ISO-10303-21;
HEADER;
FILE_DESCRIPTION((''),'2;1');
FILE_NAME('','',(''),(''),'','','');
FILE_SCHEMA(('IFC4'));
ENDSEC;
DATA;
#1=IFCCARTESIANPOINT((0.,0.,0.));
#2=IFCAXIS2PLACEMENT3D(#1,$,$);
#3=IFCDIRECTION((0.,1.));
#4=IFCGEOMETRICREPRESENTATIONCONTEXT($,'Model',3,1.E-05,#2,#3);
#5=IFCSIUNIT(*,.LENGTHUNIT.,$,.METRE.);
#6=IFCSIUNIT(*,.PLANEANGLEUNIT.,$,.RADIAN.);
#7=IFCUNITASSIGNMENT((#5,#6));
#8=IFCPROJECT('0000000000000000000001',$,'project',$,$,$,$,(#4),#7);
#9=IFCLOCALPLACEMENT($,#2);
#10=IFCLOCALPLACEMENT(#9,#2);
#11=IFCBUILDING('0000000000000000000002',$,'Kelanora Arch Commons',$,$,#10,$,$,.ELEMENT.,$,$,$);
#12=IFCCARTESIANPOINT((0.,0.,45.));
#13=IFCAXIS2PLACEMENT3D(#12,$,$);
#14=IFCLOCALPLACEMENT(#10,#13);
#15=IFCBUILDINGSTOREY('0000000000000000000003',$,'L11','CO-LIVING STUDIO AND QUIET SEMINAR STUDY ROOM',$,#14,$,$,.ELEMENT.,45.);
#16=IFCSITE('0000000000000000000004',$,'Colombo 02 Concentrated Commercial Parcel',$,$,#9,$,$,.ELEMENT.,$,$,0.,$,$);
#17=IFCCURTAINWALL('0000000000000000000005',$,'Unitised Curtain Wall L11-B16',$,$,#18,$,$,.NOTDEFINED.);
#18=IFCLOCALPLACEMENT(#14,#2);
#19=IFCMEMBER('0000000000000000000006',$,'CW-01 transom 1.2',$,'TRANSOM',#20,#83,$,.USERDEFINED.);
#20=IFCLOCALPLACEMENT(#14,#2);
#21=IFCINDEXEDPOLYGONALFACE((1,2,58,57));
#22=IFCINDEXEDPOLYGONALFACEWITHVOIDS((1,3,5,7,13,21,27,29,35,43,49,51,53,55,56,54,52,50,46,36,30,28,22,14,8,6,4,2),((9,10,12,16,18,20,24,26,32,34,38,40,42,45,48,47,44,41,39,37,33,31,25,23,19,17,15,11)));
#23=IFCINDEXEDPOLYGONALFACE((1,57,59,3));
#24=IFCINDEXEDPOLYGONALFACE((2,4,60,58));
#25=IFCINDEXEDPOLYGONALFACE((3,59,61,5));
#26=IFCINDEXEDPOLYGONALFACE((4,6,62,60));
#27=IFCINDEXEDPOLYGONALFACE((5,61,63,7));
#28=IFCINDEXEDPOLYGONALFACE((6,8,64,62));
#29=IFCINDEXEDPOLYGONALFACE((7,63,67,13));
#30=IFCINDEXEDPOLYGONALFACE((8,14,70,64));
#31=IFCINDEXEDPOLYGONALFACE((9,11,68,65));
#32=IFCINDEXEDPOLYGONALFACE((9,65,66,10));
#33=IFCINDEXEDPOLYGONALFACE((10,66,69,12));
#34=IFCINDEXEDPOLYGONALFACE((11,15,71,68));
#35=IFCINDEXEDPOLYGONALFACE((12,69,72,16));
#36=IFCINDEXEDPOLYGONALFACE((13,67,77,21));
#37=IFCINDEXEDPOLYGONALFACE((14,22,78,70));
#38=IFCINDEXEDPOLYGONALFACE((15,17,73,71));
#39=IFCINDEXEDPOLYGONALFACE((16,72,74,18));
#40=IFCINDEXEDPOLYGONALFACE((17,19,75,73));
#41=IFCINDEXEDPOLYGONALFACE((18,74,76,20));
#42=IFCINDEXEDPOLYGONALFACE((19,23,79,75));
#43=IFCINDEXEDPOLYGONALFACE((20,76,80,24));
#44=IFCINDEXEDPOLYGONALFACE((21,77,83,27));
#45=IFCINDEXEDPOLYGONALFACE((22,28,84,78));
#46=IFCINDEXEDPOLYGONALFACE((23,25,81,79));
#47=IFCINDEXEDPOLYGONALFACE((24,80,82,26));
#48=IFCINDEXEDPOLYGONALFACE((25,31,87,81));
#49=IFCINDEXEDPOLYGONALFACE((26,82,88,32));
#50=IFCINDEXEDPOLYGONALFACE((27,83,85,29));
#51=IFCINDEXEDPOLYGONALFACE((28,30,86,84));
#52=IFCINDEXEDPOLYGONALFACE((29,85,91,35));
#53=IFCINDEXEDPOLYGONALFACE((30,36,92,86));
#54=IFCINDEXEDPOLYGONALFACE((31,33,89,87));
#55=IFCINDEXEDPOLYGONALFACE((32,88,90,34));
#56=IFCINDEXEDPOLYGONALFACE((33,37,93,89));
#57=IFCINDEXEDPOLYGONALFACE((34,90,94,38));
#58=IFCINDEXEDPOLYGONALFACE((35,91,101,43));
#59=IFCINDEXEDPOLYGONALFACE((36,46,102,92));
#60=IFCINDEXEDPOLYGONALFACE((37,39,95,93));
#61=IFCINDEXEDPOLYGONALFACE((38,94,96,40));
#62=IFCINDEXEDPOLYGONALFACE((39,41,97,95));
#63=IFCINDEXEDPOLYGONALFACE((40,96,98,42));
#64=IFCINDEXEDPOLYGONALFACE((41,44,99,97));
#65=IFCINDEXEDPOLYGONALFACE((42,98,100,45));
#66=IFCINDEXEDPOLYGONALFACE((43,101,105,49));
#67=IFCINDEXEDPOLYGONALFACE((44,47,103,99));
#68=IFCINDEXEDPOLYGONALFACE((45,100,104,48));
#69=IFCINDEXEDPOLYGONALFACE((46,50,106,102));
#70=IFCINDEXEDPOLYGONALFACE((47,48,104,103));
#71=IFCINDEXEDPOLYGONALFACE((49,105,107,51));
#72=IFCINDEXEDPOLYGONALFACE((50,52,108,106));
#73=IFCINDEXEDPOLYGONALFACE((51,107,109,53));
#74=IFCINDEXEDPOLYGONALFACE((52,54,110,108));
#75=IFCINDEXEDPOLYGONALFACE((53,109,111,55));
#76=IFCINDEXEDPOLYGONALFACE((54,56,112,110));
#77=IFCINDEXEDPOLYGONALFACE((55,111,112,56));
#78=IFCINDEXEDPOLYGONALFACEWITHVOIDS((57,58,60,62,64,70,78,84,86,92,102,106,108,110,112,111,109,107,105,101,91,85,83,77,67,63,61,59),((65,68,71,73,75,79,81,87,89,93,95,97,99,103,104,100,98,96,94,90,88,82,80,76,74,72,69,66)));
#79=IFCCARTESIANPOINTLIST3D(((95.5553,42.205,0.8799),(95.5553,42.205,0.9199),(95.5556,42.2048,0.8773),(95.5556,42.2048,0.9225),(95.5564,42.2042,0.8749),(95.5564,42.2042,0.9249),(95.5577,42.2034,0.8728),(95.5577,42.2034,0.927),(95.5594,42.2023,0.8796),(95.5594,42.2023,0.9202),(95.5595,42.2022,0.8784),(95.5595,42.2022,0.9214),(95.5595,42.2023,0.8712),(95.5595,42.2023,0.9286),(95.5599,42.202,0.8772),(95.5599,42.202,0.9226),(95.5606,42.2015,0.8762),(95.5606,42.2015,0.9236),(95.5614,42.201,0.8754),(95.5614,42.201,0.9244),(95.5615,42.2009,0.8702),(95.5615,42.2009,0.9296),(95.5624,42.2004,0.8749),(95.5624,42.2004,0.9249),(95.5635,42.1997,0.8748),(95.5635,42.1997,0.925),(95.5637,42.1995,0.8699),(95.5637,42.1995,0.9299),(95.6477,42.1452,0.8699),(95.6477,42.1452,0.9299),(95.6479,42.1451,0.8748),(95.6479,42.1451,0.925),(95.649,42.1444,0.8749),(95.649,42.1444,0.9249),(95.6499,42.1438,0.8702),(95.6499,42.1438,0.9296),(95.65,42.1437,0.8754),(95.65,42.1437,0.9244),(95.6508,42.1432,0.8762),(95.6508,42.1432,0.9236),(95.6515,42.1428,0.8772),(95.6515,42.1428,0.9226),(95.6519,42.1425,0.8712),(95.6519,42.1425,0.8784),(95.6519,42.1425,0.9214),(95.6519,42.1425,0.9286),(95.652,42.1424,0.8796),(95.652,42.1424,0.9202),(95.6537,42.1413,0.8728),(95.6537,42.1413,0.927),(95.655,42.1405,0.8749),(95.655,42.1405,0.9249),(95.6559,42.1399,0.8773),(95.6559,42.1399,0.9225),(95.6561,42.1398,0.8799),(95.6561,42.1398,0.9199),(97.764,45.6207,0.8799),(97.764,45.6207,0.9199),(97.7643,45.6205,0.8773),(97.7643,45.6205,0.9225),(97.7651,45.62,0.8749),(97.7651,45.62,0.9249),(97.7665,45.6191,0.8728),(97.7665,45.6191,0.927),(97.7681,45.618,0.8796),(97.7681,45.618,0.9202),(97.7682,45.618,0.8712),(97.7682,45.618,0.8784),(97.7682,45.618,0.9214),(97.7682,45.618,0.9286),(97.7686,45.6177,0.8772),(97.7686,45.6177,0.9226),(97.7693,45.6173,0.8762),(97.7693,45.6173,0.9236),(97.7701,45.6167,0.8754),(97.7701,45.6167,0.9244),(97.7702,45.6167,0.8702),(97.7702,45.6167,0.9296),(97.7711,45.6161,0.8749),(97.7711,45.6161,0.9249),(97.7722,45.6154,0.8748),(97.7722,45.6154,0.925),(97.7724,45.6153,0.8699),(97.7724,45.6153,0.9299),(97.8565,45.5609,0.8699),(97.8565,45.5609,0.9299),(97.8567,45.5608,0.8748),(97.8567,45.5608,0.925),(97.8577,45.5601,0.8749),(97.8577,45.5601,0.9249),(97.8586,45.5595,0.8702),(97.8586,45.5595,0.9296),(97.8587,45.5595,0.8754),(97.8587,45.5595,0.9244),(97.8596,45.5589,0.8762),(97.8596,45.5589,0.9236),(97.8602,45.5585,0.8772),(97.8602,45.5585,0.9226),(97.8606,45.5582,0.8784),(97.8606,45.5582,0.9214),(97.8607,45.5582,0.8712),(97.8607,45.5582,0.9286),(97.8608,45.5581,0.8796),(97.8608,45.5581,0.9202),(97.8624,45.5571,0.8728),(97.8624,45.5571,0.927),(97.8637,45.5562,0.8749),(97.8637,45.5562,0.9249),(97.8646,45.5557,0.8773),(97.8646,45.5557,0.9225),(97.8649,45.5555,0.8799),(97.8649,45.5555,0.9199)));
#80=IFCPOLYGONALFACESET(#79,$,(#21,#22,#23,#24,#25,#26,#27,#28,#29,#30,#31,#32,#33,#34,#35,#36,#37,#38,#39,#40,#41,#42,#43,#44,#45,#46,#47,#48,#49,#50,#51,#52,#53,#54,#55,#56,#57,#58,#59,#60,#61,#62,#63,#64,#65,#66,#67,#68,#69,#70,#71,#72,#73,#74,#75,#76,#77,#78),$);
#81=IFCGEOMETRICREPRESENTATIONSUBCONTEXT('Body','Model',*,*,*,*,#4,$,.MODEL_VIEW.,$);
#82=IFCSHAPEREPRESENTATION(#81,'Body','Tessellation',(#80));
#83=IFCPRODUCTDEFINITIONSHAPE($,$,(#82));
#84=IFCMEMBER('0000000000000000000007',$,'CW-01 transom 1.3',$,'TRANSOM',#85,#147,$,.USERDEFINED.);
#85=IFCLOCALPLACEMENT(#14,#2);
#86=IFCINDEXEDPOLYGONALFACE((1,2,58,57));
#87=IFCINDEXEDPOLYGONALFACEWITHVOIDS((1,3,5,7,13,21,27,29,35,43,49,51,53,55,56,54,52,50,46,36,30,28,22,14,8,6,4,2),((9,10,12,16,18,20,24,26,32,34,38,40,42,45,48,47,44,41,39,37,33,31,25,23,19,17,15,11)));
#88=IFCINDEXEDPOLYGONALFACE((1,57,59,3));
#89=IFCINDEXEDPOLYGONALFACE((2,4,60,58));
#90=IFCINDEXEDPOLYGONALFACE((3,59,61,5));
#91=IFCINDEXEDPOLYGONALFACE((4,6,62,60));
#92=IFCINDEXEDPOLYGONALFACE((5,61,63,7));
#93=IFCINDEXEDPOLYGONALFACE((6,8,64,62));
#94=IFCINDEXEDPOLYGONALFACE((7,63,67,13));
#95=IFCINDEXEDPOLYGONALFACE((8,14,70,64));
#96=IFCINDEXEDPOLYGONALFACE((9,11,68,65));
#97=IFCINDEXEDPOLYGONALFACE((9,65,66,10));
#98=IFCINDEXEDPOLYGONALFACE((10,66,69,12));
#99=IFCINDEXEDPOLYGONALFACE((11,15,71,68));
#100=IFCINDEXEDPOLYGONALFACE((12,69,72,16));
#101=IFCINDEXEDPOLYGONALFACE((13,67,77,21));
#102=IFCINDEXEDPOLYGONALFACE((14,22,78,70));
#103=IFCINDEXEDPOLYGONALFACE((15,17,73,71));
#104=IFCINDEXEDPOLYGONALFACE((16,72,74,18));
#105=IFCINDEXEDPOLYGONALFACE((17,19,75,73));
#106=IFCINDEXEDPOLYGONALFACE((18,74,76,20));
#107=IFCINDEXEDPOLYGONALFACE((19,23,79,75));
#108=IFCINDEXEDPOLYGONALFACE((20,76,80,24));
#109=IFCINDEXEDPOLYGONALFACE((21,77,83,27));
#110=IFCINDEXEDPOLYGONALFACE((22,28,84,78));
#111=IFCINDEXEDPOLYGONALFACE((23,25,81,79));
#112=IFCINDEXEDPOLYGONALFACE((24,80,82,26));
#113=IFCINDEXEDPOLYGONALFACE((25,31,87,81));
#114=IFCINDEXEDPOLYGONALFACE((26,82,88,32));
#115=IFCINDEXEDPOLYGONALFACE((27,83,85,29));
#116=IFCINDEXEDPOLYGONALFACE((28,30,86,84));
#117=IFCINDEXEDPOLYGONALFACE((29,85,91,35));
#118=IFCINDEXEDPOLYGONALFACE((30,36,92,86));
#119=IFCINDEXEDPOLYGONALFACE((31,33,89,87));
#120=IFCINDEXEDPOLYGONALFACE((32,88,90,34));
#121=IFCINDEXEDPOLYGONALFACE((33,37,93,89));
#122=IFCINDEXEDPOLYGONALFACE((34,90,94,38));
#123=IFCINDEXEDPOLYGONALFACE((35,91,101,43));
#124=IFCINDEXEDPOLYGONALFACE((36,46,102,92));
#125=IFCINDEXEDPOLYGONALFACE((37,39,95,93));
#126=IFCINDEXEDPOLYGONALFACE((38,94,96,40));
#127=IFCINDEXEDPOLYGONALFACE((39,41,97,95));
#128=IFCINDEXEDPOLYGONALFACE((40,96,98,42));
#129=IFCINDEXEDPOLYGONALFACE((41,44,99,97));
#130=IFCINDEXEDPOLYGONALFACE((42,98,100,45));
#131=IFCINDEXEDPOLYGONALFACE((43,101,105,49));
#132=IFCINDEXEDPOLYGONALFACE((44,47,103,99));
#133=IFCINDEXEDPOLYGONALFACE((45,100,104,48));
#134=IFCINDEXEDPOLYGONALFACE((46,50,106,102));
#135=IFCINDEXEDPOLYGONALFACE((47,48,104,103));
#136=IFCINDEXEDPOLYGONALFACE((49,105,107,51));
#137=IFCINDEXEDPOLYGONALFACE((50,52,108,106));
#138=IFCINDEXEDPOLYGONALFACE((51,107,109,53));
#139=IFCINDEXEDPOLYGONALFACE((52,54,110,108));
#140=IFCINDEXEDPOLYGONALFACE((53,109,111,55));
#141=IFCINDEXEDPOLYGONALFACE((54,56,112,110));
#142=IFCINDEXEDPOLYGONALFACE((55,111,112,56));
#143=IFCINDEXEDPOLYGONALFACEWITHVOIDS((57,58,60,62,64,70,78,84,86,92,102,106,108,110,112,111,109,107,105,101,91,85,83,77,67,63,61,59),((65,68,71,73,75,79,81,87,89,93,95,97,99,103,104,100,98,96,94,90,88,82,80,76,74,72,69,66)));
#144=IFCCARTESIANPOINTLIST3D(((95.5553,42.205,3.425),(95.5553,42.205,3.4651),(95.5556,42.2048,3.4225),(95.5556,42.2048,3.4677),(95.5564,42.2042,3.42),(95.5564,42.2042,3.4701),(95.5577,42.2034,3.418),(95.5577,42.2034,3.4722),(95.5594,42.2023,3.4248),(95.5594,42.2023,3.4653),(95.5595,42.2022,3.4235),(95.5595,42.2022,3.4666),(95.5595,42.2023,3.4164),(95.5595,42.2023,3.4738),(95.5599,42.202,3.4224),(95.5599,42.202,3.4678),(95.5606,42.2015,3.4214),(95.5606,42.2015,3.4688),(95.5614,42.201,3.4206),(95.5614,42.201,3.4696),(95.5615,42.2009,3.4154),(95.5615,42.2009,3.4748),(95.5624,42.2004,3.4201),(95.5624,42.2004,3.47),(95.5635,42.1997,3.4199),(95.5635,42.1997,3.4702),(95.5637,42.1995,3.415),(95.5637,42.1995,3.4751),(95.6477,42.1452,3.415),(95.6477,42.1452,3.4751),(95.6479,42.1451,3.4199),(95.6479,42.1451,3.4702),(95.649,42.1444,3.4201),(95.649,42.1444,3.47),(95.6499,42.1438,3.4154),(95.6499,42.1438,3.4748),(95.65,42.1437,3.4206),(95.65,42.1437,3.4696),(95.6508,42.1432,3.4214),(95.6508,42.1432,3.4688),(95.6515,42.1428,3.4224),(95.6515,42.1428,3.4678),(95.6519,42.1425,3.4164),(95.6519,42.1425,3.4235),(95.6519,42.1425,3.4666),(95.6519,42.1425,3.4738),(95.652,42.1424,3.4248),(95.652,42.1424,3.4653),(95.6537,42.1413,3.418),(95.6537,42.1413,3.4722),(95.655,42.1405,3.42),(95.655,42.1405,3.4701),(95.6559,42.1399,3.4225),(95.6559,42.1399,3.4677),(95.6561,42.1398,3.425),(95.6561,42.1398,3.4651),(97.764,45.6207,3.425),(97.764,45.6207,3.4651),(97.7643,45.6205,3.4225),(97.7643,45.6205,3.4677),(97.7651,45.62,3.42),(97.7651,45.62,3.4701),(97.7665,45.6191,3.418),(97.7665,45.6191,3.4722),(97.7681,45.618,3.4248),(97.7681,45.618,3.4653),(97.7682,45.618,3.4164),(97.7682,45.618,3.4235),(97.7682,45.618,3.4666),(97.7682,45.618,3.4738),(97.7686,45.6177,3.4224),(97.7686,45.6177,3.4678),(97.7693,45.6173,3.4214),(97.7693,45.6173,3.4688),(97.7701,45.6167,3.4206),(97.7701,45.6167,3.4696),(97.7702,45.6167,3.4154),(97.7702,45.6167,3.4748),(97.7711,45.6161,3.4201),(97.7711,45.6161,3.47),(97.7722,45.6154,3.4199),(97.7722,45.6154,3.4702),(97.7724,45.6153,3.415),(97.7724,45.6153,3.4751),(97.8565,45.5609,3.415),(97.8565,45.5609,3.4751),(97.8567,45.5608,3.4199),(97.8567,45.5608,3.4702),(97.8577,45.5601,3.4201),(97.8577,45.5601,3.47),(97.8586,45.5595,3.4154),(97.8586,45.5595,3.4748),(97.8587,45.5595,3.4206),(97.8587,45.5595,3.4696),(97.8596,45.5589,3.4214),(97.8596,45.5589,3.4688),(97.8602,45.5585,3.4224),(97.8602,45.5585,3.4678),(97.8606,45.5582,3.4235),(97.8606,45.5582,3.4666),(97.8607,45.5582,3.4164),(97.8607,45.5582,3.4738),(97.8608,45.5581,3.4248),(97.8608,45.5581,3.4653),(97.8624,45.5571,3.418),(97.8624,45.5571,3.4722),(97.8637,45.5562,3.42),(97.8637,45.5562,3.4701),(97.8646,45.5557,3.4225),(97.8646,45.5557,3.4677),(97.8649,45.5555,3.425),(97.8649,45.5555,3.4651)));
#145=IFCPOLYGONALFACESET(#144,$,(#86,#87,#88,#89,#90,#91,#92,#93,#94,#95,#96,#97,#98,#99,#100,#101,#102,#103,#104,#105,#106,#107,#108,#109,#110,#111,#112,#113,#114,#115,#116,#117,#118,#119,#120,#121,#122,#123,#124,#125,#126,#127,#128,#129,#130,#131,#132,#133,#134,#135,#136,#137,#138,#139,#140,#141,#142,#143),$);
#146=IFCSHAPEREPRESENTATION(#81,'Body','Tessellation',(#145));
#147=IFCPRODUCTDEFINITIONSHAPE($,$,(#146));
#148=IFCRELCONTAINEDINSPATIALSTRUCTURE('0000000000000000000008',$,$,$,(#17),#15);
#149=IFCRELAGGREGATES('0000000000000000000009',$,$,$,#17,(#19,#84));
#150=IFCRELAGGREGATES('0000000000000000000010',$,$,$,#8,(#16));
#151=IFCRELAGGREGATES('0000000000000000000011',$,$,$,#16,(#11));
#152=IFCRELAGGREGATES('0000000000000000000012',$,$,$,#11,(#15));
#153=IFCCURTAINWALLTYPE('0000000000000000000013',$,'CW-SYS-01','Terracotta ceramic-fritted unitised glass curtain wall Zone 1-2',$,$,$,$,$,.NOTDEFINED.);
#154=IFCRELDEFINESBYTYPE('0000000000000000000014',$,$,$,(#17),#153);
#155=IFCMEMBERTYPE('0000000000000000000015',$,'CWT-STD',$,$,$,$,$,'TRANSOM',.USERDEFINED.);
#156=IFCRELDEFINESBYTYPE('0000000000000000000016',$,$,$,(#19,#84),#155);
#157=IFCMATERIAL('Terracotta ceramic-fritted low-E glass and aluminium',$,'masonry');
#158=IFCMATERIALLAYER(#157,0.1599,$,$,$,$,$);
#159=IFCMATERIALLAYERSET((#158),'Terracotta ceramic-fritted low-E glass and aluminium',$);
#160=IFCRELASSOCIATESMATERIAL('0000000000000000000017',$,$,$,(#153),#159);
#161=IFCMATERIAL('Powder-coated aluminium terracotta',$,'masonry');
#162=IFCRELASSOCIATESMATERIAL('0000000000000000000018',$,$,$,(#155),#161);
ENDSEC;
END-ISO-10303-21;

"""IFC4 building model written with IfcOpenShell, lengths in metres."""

from ifc_helpers import new_model, si_unit, direction, frame, origin, origin_2d, place, context, subcontext, project, spatial, hollow_rectangle, extrude, material, layer, layer_set, material_profile, profile_set, type_object, element, aggregate, save


model = new_model("IFC4")

# Units and contexts
model_context = context("Model", 3, precision=1e-05, world=origin(), true_north=direction((0.0, 1.0)))
body_context = subcontext(model_context, "Body", "Model", "MODEL_VIEW")
ifc_project = project(units=[si_unit("LENGTHUNIT", "METRE"), si_unit("PLANEANGLEUNIT", "RADIAN")], contexts=[model_context])

# Site, building, storey
site_placement = place(None, origin())
site = spatial("IfcSite", under=ifc_project, at=site_placement, Name="Colombo 02 Concentrated Commercial Parcel", CompositionType="ELEMENT", RefElevation=0.0)
building_placement = place(site_placement, origin())
building = spatial("IfcBuilding", under=site, at=building_placement, Name="Kelanora Arch Commons", CompositionType="ELEMENT")
storey_placement = place(building_placement, frame((0.0, 0.0, 45.0)))
storey = spatial("IfcBuildingStorey", under=building, at=storey_placement, Name="L11", Description="CO-LIVING STUDIO AND QUIET SEMINAR STUDY ROOM", CompositionType="ELEMENT", Elevation=45.0)

# Shared definitions
ifc_material_1 = material(Name="Terracotta ceramic-fritted low-E glass and aluminium", Category="masonry")
ifc_layer_1 = layer(ifc_material_1, 0.1599)
ifc_layer_set_1 = layer_set([ifc_layer_1], Name="Terracotta ceramic-fritted low-E glass and aluminium")
curtain_wall_type = type_object("IfcCurtainWallType", Name="CW-SYS-01", Description="Terracotta ceramic-fritted unitised glass curtain wall Zone 1-2", PredefinedType="NOTDEFINED", material=ifc_layer_set_1)
ifc_material_2 = material(Name="Powder-coated aluminium terracotta", Category="masonry")

# Curtain wall, members
curtain_wall_1_placement = place(storey_placement, origin())
curtain_wall_1 = element("IfcCurtainWall", 1, at=curtain_wall_1_placement, inside=storey, type_object=curtain_wall_type, Name="Unitised Curtain Wall L11-B16", PredefinedType="NOTDEFINED")
ifc_material_profile_1 = material_profile(ifc_material_2, hollow_rectangle(XDim=0.1201, YDim=0.0601, WallThickness=0.0049, InnerFilletRadius=0.0049, OuterFilletRadius=0.01, at=origin_2d()), Name="CWT120x60")
ifc_profile_set_1 = profile_set([ifc_material_profile_1], Name="Powder-coated aluminium terracotta")
member_type_1 = type_object("IfcMemberType", Name="CWT-STD", ElementType="TRANSOM", PredefinedType="USERDEFINED", material=ifc_profile_set_1)
member_1_placement = place(storey_placement, frame((95.6057, 42.1724, 0.8999), z_axis=(0.542997, 0.839734, 0.0), x_axis=(-0.839734, 0.542997, 0.0)))
member_1 = element("IfcMember", 2, at=member_1_placement, type_object=member_type_1, Name="CW-01 transom 1.2", ObjectType="TRANSOM", PredefinedType="USERDEFINED", context=body_context, shape_type="SweptSolid", body=[
    extrude(hollow_rectangle(XDim=0.1201, YDim=0.0601, WallThickness=0.0049, InnerFilletRadius=0.0049, OuterFilletRadius=0.01, at=origin_2d()), origin(), (0.0, 0.0, 1.0), 4.0676),
])
member_2_placement = place(storey_placement, frame((95.6057, 42.1724, 3.4451), z_axis=(0.542997, 0.839734, 0.0), x_axis=(-0.839734, 0.542997, 0.0)))
member_2 = element("IfcMember", 3, at=member_2_placement, type_object=member_type_1, Name="CW-01 transom 1.3", ObjectType="TRANSOM", PredefinedType="USERDEFINED", context=body_context, shape_type="SweptSolid", body=[
    extrude(hollow_rectangle(XDim=0.1201, YDim=0.0601, WallThickness=0.0049, InnerFilletRadius=0.0049, OuterFilletRadius=0.01, at=origin_2d()), origin(), (0.0, 0.0, 1.0), 4.0676),
])

aggregate(curtain_wall_1, [member_1, member_2])

save(model, "model.ifc")
